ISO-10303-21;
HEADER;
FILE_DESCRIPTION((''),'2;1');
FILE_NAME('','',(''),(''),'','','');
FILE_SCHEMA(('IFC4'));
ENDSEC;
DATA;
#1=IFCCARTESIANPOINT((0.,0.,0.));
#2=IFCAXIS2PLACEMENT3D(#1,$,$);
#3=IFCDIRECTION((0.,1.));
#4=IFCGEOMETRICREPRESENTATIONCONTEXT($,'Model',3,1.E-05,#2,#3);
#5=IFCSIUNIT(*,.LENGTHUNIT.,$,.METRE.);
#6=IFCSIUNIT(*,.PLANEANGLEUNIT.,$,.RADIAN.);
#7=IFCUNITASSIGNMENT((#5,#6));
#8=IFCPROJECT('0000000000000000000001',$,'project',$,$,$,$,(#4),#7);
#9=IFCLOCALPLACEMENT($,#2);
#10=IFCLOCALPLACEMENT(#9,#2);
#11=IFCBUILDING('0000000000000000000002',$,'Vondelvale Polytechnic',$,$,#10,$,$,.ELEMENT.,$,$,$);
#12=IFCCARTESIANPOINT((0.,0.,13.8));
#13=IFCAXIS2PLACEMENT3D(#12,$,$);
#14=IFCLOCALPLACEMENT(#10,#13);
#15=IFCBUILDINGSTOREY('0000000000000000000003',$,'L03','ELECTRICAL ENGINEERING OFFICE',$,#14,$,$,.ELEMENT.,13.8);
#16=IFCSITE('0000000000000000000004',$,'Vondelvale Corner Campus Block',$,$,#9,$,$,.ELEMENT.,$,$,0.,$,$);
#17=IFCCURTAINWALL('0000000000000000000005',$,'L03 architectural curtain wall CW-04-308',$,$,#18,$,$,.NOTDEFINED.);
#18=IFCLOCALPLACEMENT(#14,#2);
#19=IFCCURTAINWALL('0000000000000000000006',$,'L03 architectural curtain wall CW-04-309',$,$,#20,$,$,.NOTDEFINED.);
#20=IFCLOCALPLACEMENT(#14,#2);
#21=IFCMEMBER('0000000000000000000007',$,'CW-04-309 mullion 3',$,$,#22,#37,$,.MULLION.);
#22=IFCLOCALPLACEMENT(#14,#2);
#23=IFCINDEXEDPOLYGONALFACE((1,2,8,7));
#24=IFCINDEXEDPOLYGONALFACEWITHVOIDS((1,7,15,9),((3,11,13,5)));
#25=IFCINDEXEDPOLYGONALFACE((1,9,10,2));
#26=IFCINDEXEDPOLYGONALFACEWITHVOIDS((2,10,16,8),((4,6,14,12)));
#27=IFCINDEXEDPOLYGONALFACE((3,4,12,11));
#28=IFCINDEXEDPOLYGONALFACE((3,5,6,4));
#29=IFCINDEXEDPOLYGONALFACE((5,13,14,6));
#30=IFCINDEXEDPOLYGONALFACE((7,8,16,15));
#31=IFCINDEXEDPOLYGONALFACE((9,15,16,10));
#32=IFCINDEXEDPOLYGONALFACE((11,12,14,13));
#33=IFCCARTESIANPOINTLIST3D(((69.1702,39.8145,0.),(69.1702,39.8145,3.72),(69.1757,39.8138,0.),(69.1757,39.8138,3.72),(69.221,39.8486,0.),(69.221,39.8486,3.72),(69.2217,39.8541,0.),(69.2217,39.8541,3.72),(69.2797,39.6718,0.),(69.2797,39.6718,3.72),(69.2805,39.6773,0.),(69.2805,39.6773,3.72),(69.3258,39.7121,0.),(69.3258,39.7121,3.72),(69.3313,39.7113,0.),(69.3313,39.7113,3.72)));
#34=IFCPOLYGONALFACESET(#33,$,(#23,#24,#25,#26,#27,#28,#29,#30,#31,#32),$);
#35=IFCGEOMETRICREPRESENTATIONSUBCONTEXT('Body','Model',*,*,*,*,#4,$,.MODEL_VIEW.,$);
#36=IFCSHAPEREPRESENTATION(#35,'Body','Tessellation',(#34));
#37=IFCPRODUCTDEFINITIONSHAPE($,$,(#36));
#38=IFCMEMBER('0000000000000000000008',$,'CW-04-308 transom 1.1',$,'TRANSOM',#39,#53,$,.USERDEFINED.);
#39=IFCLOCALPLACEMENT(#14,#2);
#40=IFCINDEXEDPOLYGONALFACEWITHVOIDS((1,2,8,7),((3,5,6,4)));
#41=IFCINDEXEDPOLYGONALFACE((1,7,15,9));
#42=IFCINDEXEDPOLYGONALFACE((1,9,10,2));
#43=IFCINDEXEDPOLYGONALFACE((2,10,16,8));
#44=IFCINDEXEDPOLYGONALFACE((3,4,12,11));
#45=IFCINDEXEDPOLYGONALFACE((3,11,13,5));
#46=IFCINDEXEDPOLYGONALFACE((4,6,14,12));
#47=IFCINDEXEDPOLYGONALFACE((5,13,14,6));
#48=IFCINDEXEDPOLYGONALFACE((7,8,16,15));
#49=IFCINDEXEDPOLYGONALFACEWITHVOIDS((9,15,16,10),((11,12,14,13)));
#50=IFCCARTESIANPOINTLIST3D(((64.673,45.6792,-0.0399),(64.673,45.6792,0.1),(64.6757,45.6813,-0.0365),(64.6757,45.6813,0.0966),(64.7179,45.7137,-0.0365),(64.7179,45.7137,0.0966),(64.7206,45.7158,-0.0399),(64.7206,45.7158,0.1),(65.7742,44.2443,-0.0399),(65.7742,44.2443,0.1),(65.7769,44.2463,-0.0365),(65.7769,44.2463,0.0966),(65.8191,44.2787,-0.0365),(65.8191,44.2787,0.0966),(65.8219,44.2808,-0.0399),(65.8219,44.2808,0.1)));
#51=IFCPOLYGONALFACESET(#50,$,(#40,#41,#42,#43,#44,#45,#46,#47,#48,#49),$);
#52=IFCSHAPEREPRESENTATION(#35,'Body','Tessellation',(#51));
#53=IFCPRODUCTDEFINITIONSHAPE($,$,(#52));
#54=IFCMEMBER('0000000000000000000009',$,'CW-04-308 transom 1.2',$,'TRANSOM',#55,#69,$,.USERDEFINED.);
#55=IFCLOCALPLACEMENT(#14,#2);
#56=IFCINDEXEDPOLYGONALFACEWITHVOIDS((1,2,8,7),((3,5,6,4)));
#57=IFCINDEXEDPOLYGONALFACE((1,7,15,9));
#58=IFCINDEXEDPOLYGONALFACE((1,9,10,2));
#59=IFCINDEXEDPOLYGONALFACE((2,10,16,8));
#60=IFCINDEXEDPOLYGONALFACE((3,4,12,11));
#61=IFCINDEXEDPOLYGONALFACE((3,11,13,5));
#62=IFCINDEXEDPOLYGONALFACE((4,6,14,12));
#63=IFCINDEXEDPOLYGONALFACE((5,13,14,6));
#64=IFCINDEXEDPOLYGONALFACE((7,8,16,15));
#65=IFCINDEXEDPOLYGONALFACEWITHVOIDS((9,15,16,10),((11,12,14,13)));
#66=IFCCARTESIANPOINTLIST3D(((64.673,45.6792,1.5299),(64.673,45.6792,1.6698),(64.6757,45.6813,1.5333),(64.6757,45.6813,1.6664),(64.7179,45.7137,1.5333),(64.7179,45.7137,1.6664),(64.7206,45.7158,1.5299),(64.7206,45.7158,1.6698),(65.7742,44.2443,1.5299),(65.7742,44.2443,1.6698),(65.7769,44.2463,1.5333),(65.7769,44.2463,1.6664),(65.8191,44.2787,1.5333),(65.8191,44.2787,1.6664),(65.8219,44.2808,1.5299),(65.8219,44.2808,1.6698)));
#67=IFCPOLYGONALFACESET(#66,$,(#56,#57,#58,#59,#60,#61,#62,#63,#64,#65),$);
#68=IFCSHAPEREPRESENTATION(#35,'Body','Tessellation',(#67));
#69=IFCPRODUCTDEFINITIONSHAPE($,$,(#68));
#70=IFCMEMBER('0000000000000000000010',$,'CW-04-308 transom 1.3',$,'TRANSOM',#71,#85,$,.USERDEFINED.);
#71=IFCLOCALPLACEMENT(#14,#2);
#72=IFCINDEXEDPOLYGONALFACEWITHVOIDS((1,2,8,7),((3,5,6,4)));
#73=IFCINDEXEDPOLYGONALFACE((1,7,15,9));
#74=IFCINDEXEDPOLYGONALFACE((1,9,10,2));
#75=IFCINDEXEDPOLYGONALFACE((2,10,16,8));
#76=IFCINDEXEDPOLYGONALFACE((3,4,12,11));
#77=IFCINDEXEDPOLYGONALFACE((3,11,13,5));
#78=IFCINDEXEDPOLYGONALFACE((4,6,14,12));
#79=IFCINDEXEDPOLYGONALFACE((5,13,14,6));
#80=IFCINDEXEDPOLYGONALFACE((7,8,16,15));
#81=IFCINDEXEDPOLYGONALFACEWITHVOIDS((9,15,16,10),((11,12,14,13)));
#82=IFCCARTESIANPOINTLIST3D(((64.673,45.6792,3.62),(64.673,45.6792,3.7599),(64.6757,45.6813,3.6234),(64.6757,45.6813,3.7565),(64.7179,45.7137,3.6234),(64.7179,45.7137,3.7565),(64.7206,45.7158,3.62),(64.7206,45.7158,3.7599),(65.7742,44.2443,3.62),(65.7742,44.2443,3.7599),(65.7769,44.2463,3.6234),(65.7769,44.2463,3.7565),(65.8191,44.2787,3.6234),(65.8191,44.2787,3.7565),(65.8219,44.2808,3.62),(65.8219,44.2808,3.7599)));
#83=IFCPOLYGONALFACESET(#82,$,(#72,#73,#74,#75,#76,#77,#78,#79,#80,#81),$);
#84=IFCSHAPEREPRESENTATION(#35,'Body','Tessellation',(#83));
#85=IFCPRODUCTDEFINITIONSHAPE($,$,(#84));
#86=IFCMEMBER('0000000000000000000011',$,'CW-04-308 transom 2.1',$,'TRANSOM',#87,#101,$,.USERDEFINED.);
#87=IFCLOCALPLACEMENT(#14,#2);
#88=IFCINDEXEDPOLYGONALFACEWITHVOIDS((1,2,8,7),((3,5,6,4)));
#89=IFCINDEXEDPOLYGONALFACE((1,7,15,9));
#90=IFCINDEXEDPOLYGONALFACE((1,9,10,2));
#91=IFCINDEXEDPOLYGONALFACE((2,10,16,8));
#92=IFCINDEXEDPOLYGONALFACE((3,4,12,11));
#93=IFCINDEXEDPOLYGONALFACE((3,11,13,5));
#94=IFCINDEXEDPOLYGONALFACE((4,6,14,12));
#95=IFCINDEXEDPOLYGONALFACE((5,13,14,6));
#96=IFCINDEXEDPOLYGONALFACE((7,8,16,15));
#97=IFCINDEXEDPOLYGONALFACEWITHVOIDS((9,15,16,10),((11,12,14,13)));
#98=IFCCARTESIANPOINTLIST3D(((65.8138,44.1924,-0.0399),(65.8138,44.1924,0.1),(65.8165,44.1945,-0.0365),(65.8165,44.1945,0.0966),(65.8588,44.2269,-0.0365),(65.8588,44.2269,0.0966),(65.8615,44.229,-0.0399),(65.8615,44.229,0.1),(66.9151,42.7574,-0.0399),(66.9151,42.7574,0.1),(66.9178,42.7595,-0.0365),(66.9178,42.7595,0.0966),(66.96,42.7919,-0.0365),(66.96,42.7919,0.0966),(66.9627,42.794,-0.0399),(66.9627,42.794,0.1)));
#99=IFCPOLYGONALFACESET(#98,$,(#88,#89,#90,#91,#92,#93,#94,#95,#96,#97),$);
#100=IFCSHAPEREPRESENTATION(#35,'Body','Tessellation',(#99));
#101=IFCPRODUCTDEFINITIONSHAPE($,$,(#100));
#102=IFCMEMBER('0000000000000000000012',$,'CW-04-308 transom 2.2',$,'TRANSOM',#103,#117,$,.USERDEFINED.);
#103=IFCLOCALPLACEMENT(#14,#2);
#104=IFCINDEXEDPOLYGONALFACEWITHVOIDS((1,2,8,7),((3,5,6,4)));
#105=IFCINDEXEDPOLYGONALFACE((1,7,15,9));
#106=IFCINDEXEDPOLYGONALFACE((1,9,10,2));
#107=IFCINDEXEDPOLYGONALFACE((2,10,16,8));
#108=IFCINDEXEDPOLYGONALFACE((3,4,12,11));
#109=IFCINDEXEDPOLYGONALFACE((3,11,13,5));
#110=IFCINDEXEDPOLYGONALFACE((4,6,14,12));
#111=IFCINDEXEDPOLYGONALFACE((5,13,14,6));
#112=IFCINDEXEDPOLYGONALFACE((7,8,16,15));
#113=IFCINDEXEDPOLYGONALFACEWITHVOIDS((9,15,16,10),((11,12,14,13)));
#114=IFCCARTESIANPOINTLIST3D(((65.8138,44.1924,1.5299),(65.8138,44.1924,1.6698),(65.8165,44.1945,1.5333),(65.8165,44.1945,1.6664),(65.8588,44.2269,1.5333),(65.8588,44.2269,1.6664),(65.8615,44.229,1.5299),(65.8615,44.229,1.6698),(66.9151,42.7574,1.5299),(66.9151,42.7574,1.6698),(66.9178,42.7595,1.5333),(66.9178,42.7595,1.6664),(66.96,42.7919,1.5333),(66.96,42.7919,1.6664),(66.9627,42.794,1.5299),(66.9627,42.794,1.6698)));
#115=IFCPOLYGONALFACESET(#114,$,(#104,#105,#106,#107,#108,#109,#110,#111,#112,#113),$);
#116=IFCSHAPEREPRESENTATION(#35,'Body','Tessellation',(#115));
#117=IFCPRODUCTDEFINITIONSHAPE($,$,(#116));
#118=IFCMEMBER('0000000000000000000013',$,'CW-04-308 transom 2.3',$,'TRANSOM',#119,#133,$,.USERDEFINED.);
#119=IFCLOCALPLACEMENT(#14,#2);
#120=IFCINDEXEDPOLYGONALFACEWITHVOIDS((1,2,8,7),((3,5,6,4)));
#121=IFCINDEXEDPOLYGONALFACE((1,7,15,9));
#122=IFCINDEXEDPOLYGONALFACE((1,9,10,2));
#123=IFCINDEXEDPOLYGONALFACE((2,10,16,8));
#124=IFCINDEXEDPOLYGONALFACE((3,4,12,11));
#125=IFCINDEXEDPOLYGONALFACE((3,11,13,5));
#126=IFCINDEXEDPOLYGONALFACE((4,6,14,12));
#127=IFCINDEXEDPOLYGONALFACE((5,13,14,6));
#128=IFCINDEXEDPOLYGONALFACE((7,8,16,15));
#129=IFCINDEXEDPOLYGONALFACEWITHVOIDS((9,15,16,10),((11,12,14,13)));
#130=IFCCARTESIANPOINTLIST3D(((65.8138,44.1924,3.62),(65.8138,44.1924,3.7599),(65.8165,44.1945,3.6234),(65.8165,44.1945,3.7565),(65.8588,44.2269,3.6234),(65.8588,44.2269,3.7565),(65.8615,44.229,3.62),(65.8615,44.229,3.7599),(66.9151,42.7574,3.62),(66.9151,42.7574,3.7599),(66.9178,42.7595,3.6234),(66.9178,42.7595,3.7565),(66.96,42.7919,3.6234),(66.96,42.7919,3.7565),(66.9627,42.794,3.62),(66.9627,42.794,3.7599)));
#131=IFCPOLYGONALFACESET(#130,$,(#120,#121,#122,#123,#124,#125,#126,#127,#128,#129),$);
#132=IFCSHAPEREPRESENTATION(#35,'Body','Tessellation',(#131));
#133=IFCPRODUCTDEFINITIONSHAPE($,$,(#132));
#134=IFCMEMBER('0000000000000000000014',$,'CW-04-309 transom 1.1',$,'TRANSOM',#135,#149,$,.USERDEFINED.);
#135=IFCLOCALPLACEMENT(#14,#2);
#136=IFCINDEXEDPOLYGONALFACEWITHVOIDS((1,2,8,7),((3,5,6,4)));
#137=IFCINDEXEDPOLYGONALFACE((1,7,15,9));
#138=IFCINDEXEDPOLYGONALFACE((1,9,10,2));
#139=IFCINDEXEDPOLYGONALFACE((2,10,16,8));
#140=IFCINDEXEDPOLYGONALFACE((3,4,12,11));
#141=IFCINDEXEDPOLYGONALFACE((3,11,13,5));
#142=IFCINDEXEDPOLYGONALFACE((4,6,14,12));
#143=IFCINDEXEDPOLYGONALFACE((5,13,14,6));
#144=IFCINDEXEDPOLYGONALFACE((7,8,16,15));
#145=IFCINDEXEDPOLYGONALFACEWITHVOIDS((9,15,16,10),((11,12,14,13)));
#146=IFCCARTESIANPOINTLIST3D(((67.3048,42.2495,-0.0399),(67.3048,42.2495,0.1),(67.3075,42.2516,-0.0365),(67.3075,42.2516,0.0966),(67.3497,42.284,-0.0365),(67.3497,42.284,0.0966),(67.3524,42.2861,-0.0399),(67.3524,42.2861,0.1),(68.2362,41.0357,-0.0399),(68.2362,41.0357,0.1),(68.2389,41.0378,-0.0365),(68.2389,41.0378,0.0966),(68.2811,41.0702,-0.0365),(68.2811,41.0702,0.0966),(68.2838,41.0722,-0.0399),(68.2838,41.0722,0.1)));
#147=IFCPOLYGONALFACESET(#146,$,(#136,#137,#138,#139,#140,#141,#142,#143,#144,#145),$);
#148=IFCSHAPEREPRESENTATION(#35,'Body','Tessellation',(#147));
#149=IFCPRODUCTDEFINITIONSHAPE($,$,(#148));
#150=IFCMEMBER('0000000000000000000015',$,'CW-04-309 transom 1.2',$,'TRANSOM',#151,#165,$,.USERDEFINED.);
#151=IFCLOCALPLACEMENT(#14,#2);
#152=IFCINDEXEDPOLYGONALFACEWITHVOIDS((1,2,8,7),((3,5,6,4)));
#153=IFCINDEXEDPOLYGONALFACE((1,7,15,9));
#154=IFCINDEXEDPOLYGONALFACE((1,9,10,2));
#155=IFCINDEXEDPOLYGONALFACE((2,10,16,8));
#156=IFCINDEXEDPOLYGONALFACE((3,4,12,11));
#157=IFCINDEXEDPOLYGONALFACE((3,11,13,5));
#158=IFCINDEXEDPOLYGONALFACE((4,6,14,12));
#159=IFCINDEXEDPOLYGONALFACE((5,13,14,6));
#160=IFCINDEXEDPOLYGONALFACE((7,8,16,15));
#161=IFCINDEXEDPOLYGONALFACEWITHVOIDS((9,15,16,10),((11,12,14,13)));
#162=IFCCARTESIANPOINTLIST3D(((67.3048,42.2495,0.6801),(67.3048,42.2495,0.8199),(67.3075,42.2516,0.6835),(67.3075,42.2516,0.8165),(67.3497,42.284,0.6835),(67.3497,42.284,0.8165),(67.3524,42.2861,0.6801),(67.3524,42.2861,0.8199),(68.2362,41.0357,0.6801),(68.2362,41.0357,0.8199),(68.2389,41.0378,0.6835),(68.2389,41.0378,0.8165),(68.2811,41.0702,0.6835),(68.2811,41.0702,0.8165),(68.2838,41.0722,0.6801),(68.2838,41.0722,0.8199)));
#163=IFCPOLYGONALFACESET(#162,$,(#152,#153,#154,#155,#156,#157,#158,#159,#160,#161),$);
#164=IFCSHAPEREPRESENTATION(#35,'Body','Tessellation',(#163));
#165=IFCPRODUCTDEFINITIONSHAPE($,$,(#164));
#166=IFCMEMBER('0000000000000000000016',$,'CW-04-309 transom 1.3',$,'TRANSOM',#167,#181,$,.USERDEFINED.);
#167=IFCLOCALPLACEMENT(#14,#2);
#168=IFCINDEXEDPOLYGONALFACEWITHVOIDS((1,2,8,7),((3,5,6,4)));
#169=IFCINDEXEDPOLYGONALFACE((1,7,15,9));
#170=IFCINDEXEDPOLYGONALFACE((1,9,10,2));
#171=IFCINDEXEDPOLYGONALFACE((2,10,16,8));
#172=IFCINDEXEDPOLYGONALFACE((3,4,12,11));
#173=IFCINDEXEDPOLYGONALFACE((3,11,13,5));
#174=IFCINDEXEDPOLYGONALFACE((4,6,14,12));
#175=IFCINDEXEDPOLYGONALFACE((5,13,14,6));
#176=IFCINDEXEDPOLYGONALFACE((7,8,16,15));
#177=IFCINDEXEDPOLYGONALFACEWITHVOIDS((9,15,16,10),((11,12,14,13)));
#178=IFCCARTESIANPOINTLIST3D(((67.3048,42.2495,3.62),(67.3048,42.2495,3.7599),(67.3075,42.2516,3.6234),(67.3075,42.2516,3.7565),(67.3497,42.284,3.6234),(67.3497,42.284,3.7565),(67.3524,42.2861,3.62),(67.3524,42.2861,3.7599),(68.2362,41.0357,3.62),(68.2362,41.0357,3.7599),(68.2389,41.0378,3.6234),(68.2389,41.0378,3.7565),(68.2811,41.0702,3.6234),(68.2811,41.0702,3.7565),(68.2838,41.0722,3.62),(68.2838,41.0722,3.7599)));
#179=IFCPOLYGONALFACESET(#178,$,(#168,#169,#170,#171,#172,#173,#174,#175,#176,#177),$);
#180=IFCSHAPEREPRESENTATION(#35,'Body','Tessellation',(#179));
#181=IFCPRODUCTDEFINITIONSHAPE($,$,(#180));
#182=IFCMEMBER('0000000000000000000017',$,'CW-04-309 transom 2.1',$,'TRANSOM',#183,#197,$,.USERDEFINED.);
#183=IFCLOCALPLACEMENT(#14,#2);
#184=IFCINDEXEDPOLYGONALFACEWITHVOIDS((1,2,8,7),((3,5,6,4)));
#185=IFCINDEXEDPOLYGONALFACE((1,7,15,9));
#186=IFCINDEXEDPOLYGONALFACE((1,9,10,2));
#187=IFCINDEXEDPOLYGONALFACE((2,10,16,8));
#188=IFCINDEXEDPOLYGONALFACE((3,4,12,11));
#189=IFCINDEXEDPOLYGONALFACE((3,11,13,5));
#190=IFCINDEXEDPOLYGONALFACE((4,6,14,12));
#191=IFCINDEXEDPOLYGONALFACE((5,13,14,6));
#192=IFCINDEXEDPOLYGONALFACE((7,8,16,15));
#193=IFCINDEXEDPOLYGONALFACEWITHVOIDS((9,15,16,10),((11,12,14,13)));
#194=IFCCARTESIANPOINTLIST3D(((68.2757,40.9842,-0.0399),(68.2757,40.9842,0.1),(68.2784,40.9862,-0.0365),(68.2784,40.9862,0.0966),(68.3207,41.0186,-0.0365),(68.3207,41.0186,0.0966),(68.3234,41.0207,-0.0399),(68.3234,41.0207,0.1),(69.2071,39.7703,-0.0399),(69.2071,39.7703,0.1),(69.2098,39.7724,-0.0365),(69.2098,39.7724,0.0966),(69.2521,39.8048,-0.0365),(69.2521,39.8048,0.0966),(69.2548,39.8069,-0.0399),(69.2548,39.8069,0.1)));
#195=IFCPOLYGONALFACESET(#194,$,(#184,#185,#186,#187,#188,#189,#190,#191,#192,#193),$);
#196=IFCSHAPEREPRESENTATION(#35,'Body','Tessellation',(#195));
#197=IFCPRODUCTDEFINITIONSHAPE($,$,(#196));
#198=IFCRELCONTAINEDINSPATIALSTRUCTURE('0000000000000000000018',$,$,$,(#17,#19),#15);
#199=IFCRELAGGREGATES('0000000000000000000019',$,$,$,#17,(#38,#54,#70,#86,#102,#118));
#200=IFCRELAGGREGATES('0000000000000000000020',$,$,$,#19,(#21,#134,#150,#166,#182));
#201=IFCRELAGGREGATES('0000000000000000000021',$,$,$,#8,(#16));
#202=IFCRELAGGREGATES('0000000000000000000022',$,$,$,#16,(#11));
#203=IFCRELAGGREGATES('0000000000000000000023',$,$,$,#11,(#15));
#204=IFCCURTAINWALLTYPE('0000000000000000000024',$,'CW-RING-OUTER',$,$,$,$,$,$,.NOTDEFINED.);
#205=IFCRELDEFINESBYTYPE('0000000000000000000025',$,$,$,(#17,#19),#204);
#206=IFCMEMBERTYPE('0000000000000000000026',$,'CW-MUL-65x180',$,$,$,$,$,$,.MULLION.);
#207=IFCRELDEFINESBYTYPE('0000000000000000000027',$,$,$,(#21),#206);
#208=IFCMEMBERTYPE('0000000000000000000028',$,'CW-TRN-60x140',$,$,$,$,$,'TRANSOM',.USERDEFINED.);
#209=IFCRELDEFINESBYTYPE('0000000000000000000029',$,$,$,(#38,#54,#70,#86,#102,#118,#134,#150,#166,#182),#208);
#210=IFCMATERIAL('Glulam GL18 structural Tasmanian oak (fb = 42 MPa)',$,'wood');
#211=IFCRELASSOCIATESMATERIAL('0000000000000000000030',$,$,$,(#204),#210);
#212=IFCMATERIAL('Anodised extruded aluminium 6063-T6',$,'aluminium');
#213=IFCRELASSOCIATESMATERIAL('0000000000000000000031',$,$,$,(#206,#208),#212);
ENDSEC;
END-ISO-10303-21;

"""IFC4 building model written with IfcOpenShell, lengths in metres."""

from ifc_helpers import new_model, si_unit, direction, frame, origin, origin_2d, place, context, subcontext, project, spatial, hollow_rectangle, extrude, material, material_profile, profile_set, type_object, element, aggregate, save


model = new_model("IFC4")

# Units and contexts
model_context = context("Model", 3, precision=1e-05, world=origin(), true_north=direction((0.0, 1.0)))
body_context = subcontext(model_context, "Body", "Model", "MODEL_VIEW")
ifc_project = project(units=[si_unit("LENGTHUNIT", "METRE"), si_unit("PLANEANGLEUNIT", "RADIAN")], contexts=[model_context])

# Site, building, storey
site_placement = place(None, origin())
site = spatial("IfcSite", under=ifc_project, at=site_placement, Name="Vondelvale Corner Campus Block", CompositionType="ELEMENT", RefElevation=0.0)
building_placement = place(site_placement, origin())
building = spatial("IfcBuilding", under=site, at=building_placement, Name="Vondelvale Polytechnic", CompositionType="ELEMENT")
storey_placement = place(building_placement, frame((0.0, 0.0, 13.8)))
storey = spatial("IfcBuildingStorey", under=building, at=storey_placement, Name="L03", Description="ELECTRICAL ENGINEERING OFFICE", CompositionType="ELEMENT", Elevation=13.8)

# Shared definitions
ifc_material_1 = material(Name="Glulam GL18 structural Tasmanian oak (fb = 42 MPa)", Category="wood")

# Shared definitions
curtain_wall_type = type_object("IfcCurtainWallType", Name="CW-RING-OUTER", PredefinedType="NOTDEFINED", material=ifc_material_1)
ifc_material_2 = material(Name="Anodised extruded aluminium 6063-T6", Category="aluminium")
ifc_material_profile_1 = material_profile(ifc_material_2, hollow_rectangle(XDim=0.0649, YDim=0.1799, WallThickness=0.0039, at=origin_2d()), Name="CW-MUL-180x65")
ifc_profile_set_1 = profile_set([ifc_material_profile_1], Name="Anodised extruded aluminium 6063-T6")
member_type_1 = type_object("IfcMemberType", Name="CW-MUL-65x180", PredefinedType="MULLION", material=ifc_profile_set_1)

# Curtain walls, member
curtain_wall_1_placement = place(storey_placement, origin())
curtain_wall_1 = element("IfcCurtainWall", 1, at=curtain_wall_1_placement, inside=storey, type_object=curtain_wall_type, Name="L03 architectural curtain wall CW-04-308", PredefinedType="NOTDEFINED")
curtain_wall_2_placement = place(storey_placement, origin())
curtain_wall_2 = element("IfcCurtainWall", 2, at=curtain_wall_2_placement, inside=storey, type_object=curtain_wall_type, Name="L03 architectural curtain wall CW-04-309", PredefinedType="NOTDEFINED")
member_1_placement = place(storey_placement, frame((69.2507, 39.7629, 0.0), z_axis=(0.0, 0.0, 1.0), x_axis=(0.793334, 0.608787, 0.0)))
member_1 = element("IfcMember", 3, at=member_1_placement, type_object=member_type_1, Name="CW-04-309 mullion 3", PredefinedType="MULLION", context=body_context, shape_type="SweptSolid", body=[
    extrude(hollow_rectangle(XDim=0.0649, YDim=0.1799, WallThickness=0.0039, at=origin_2d()), origin(), (0.0, 0.0, 1.0), 3.72),
])

# Members
ifc_material_profile_2 = material_profile(ifc_material_2, hollow_rectangle(XDim=0.0601, YDim=0.1399, WallThickness=0.0034, at=origin_2d()), Name="CW-TRN-140x60")
ifc_profile_set_2 = profile_set([ifc_material_profile_2], Name="Anodised extruded aluminium 6063-T6")
member_type_2 = type_object("IfcMemberType", Name="CW-TRN-60x140", ElementType="TRANSOM", PredefinedType="USERDEFINED", material=ifc_profile_set_2)
member_2_placement = place(storey_placement, frame((64.6968, 45.6975, 0.03), z_axis=(0.608817, -0.793311, 0.0), x_axis=(0.793311, 0.608817, 0.0)))
member_2 = element("IfcMember", 4, at=member_2_placement, type_object=member_type_2, Name="CW-04-308 transom 1.1", ObjectType="TRANSOM", PredefinedType="USERDEFINED", context=body_context, shape_type="SweptSolid", body=[
    extrude(hollow_rectangle(XDim=0.0601, YDim=0.1399, WallThickness=0.0034, at=origin_2d()), origin(), (0.0, 0.0, 1.0), 1.8088),
])
member_3_placement = place(storey_placement, frame((64.6968, 45.6975, 1.5999), z_axis=(0.608817, -0.793311, 0.0), x_axis=(0.793311, 0.608817, 0.0)))
member_3 = element("IfcMember", 5, at=member_3_placement, type_object=member_type_2, Name="CW-04-308 transom 1.2", ObjectType="TRANSOM", PredefinedType="USERDEFINED", context=body_context, shape_type="SweptSolid", body=[
    extrude(hollow_rectangle(XDim=0.0601, YDim=0.1399, WallThickness=0.0034, at=origin_2d()), origin(), (0.0, 0.0, 1.0), 1.8088),
])
member_4_placement = place(storey_placement, frame((64.6968, 45.6975, 3.6899), z_axis=(0.608817, -0.793311, 0.0), x_axis=(0.793311, 0.608817, 0.0)))
member_4 = element("IfcMember", 6, at=member_4_placement, type_object=member_type_2, Name="CW-04-308 transom 1.3", ObjectType="TRANSOM", PredefinedType="USERDEFINED", context=body_context, shape_type="SweptSolid", body=[
    extrude(hollow_rectangle(XDim=0.0601, YDim=0.1399, WallThickness=0.0034, at=origin_2d()), origin(), (0.0, 0.0, 1.0), 1.8088),
])
member_5_placement = place(storey_placement, frame((65.8376, 44.2107, 0.03), z_axis=(0.608817, -0.793311, 0.0), x_axis=(0.793311, 0.608817, 0.0)))
member_5 = element("IfcMember", 7, at=member_5_placement, type_object=member_type_2, Name="CW-04-308 transom 2.1", ObjectType="TRANSOM", PredefinedType="USERDEFINED", context=body_context, shape_type="SweptSolid", body=[
    extrude(hollow_rectangle(XDim=0.0601, YDim=0.1399, WallThickness=0.0034, at=origin_2d()), origin(), (0.0, 0.0, 1.0), 1.8088),
])
member_6_placement = place(storey_placement, frame((65.8376, 44.2107, 1.5999), z_axis=(0.608817, -0.793311, 0.0), x_axis=(0.793311, 0.608817, 0.0)))
member_6 = element("IfcMember", 8, at=member_6_placement, type_object=member_type_2, Name="CW-04-308 transom 2.2", ObjectType="TRANSOM", PredefinedType="USERDEFINED", context=body_context, shape_type="SweptSolid", body=[
    extrude(hollow_rectangle(XDim=0.0601, YDim=0.1399, WallThickness=0.0034, at=origin_2d()), origin(), (0.0, 0.0, 1.0), 1.8088),
])
member_7_placement = place(storey_placement, frame((65.8376, 44.2107, 3.6899), z_axis=(0.608817, -0.793311, 0.0), x_axis=(0.793311, 0.608817, 0.0)))
member_7 = element("IfcMember", 9, at=member_7_placement, type_object=member_type_2, Name="CW-04-308 transom 2.3", ObjectType="TRANSOM", PredefinedType="USERDEFINED", context=body_context, shape_type="SweptSolid", body=[
    extrude(hollow_rectangle(XDim=0.0601, YDim=0.1399, WallThickness=0.0034, at=origin_2d()), origin(), (0.0, 0.0, 1.0), 1.8088),
])
member_8_placement = place(storey_placement, frame((67.3286, 42.2678, 0.03), z_axis=(0.608746, -0.793365, 0.0), x_axis=(0.793365, 0.608746, 0.0)))
member_8 = element("IfcMember", 10, at=member_8_placement, type_object=member_type_2, Name="CW-04-309 transom 1.1", ObjectType="TRANSOM", PredefinedType="USERDEFINED", context=body_context, shape_type="SweptSolid", body=[
    extrude(hollow_rectangle(XDim=0.0601, YDim=0.1399, WallThickness=0.0034, at=origin_2d()), origin(), (0.0, 0.0, 1.0), 1.53),
])
member_9_placement = place(storey_placement, frame((67.3286, 42.2678, 0.75), z_axis=(0.608746, -0.793365, 0.0), x_axis=(0.793365, 0.608746, 0.0)))
member_9 = element("IfcMember", 11, at=member_9_placement, type_object=member_type_2, Name="CW-04-309 transom 1.2", ObjectType="TRANSOM", PredefinedType="USERDEFINED", context=body_context, shape_type="SweptSolid", body=[
    extrude(hollow_rectangle(XDim=0.0601, YDim=0.1399, WallThickness=0.0034, at=origin_2d()), origin(), (0.0, 0.0, 1.0), 1.53),
])
member_10_placement = place(storey_placement, frame((67.3286, 42.2678, 3.6899), z_axis=(0.608746, -0.793365, 0.0), x_axis=(0.793365, 0.608746, 0.0)))
member_10 = element("IfcMember", 12, at=member_10_placement, type_object=member_type_2, Name="CW-04-309 transom 1.3", ObjectType="TRANSOM", PredefinedType="USERDEFINED", context=body_context, shape_type="SweptSolid", body=[
    extrude(hollow_rectangle(XDim=0.0601, YDim=0.1399, WallThickness=0.0034, at=origin_2d()), origin(), (0.0, 0.0, 1.0), 1.53),
])
member_11_placement = place(storey_placement, frame((68.2996, 41.0024, 0.03), z_axis=(0.608746, -0.793365, 0.0), x_axis=(0.793365, 0.608746, 0.0)))
member_11 = element("IfcMember", 13, at=member_11_placement, type_object=member_type_2, Name="CW-04-309 transom 2.1", ObjectType="TRANSOM", PredefinedType="USERDEFINED", context=body_context, shape_type="SweptSolid", body=[
    extrude(hollow_rectangle(XDim=0.0601, YDim=0.1399, WallThickness=0.0034, at=origin_2d()), origin(), (0.0, 0.0, 1.0), 1.53),
])

aggregate(curtain_wall_1, [member_2, member_3, member_4, member_5, member_6, member_7])
aggregate(curtain_wall_2, [member_1, member_8, member_9, member_10, member_11])

save(model, "model.ifc")
